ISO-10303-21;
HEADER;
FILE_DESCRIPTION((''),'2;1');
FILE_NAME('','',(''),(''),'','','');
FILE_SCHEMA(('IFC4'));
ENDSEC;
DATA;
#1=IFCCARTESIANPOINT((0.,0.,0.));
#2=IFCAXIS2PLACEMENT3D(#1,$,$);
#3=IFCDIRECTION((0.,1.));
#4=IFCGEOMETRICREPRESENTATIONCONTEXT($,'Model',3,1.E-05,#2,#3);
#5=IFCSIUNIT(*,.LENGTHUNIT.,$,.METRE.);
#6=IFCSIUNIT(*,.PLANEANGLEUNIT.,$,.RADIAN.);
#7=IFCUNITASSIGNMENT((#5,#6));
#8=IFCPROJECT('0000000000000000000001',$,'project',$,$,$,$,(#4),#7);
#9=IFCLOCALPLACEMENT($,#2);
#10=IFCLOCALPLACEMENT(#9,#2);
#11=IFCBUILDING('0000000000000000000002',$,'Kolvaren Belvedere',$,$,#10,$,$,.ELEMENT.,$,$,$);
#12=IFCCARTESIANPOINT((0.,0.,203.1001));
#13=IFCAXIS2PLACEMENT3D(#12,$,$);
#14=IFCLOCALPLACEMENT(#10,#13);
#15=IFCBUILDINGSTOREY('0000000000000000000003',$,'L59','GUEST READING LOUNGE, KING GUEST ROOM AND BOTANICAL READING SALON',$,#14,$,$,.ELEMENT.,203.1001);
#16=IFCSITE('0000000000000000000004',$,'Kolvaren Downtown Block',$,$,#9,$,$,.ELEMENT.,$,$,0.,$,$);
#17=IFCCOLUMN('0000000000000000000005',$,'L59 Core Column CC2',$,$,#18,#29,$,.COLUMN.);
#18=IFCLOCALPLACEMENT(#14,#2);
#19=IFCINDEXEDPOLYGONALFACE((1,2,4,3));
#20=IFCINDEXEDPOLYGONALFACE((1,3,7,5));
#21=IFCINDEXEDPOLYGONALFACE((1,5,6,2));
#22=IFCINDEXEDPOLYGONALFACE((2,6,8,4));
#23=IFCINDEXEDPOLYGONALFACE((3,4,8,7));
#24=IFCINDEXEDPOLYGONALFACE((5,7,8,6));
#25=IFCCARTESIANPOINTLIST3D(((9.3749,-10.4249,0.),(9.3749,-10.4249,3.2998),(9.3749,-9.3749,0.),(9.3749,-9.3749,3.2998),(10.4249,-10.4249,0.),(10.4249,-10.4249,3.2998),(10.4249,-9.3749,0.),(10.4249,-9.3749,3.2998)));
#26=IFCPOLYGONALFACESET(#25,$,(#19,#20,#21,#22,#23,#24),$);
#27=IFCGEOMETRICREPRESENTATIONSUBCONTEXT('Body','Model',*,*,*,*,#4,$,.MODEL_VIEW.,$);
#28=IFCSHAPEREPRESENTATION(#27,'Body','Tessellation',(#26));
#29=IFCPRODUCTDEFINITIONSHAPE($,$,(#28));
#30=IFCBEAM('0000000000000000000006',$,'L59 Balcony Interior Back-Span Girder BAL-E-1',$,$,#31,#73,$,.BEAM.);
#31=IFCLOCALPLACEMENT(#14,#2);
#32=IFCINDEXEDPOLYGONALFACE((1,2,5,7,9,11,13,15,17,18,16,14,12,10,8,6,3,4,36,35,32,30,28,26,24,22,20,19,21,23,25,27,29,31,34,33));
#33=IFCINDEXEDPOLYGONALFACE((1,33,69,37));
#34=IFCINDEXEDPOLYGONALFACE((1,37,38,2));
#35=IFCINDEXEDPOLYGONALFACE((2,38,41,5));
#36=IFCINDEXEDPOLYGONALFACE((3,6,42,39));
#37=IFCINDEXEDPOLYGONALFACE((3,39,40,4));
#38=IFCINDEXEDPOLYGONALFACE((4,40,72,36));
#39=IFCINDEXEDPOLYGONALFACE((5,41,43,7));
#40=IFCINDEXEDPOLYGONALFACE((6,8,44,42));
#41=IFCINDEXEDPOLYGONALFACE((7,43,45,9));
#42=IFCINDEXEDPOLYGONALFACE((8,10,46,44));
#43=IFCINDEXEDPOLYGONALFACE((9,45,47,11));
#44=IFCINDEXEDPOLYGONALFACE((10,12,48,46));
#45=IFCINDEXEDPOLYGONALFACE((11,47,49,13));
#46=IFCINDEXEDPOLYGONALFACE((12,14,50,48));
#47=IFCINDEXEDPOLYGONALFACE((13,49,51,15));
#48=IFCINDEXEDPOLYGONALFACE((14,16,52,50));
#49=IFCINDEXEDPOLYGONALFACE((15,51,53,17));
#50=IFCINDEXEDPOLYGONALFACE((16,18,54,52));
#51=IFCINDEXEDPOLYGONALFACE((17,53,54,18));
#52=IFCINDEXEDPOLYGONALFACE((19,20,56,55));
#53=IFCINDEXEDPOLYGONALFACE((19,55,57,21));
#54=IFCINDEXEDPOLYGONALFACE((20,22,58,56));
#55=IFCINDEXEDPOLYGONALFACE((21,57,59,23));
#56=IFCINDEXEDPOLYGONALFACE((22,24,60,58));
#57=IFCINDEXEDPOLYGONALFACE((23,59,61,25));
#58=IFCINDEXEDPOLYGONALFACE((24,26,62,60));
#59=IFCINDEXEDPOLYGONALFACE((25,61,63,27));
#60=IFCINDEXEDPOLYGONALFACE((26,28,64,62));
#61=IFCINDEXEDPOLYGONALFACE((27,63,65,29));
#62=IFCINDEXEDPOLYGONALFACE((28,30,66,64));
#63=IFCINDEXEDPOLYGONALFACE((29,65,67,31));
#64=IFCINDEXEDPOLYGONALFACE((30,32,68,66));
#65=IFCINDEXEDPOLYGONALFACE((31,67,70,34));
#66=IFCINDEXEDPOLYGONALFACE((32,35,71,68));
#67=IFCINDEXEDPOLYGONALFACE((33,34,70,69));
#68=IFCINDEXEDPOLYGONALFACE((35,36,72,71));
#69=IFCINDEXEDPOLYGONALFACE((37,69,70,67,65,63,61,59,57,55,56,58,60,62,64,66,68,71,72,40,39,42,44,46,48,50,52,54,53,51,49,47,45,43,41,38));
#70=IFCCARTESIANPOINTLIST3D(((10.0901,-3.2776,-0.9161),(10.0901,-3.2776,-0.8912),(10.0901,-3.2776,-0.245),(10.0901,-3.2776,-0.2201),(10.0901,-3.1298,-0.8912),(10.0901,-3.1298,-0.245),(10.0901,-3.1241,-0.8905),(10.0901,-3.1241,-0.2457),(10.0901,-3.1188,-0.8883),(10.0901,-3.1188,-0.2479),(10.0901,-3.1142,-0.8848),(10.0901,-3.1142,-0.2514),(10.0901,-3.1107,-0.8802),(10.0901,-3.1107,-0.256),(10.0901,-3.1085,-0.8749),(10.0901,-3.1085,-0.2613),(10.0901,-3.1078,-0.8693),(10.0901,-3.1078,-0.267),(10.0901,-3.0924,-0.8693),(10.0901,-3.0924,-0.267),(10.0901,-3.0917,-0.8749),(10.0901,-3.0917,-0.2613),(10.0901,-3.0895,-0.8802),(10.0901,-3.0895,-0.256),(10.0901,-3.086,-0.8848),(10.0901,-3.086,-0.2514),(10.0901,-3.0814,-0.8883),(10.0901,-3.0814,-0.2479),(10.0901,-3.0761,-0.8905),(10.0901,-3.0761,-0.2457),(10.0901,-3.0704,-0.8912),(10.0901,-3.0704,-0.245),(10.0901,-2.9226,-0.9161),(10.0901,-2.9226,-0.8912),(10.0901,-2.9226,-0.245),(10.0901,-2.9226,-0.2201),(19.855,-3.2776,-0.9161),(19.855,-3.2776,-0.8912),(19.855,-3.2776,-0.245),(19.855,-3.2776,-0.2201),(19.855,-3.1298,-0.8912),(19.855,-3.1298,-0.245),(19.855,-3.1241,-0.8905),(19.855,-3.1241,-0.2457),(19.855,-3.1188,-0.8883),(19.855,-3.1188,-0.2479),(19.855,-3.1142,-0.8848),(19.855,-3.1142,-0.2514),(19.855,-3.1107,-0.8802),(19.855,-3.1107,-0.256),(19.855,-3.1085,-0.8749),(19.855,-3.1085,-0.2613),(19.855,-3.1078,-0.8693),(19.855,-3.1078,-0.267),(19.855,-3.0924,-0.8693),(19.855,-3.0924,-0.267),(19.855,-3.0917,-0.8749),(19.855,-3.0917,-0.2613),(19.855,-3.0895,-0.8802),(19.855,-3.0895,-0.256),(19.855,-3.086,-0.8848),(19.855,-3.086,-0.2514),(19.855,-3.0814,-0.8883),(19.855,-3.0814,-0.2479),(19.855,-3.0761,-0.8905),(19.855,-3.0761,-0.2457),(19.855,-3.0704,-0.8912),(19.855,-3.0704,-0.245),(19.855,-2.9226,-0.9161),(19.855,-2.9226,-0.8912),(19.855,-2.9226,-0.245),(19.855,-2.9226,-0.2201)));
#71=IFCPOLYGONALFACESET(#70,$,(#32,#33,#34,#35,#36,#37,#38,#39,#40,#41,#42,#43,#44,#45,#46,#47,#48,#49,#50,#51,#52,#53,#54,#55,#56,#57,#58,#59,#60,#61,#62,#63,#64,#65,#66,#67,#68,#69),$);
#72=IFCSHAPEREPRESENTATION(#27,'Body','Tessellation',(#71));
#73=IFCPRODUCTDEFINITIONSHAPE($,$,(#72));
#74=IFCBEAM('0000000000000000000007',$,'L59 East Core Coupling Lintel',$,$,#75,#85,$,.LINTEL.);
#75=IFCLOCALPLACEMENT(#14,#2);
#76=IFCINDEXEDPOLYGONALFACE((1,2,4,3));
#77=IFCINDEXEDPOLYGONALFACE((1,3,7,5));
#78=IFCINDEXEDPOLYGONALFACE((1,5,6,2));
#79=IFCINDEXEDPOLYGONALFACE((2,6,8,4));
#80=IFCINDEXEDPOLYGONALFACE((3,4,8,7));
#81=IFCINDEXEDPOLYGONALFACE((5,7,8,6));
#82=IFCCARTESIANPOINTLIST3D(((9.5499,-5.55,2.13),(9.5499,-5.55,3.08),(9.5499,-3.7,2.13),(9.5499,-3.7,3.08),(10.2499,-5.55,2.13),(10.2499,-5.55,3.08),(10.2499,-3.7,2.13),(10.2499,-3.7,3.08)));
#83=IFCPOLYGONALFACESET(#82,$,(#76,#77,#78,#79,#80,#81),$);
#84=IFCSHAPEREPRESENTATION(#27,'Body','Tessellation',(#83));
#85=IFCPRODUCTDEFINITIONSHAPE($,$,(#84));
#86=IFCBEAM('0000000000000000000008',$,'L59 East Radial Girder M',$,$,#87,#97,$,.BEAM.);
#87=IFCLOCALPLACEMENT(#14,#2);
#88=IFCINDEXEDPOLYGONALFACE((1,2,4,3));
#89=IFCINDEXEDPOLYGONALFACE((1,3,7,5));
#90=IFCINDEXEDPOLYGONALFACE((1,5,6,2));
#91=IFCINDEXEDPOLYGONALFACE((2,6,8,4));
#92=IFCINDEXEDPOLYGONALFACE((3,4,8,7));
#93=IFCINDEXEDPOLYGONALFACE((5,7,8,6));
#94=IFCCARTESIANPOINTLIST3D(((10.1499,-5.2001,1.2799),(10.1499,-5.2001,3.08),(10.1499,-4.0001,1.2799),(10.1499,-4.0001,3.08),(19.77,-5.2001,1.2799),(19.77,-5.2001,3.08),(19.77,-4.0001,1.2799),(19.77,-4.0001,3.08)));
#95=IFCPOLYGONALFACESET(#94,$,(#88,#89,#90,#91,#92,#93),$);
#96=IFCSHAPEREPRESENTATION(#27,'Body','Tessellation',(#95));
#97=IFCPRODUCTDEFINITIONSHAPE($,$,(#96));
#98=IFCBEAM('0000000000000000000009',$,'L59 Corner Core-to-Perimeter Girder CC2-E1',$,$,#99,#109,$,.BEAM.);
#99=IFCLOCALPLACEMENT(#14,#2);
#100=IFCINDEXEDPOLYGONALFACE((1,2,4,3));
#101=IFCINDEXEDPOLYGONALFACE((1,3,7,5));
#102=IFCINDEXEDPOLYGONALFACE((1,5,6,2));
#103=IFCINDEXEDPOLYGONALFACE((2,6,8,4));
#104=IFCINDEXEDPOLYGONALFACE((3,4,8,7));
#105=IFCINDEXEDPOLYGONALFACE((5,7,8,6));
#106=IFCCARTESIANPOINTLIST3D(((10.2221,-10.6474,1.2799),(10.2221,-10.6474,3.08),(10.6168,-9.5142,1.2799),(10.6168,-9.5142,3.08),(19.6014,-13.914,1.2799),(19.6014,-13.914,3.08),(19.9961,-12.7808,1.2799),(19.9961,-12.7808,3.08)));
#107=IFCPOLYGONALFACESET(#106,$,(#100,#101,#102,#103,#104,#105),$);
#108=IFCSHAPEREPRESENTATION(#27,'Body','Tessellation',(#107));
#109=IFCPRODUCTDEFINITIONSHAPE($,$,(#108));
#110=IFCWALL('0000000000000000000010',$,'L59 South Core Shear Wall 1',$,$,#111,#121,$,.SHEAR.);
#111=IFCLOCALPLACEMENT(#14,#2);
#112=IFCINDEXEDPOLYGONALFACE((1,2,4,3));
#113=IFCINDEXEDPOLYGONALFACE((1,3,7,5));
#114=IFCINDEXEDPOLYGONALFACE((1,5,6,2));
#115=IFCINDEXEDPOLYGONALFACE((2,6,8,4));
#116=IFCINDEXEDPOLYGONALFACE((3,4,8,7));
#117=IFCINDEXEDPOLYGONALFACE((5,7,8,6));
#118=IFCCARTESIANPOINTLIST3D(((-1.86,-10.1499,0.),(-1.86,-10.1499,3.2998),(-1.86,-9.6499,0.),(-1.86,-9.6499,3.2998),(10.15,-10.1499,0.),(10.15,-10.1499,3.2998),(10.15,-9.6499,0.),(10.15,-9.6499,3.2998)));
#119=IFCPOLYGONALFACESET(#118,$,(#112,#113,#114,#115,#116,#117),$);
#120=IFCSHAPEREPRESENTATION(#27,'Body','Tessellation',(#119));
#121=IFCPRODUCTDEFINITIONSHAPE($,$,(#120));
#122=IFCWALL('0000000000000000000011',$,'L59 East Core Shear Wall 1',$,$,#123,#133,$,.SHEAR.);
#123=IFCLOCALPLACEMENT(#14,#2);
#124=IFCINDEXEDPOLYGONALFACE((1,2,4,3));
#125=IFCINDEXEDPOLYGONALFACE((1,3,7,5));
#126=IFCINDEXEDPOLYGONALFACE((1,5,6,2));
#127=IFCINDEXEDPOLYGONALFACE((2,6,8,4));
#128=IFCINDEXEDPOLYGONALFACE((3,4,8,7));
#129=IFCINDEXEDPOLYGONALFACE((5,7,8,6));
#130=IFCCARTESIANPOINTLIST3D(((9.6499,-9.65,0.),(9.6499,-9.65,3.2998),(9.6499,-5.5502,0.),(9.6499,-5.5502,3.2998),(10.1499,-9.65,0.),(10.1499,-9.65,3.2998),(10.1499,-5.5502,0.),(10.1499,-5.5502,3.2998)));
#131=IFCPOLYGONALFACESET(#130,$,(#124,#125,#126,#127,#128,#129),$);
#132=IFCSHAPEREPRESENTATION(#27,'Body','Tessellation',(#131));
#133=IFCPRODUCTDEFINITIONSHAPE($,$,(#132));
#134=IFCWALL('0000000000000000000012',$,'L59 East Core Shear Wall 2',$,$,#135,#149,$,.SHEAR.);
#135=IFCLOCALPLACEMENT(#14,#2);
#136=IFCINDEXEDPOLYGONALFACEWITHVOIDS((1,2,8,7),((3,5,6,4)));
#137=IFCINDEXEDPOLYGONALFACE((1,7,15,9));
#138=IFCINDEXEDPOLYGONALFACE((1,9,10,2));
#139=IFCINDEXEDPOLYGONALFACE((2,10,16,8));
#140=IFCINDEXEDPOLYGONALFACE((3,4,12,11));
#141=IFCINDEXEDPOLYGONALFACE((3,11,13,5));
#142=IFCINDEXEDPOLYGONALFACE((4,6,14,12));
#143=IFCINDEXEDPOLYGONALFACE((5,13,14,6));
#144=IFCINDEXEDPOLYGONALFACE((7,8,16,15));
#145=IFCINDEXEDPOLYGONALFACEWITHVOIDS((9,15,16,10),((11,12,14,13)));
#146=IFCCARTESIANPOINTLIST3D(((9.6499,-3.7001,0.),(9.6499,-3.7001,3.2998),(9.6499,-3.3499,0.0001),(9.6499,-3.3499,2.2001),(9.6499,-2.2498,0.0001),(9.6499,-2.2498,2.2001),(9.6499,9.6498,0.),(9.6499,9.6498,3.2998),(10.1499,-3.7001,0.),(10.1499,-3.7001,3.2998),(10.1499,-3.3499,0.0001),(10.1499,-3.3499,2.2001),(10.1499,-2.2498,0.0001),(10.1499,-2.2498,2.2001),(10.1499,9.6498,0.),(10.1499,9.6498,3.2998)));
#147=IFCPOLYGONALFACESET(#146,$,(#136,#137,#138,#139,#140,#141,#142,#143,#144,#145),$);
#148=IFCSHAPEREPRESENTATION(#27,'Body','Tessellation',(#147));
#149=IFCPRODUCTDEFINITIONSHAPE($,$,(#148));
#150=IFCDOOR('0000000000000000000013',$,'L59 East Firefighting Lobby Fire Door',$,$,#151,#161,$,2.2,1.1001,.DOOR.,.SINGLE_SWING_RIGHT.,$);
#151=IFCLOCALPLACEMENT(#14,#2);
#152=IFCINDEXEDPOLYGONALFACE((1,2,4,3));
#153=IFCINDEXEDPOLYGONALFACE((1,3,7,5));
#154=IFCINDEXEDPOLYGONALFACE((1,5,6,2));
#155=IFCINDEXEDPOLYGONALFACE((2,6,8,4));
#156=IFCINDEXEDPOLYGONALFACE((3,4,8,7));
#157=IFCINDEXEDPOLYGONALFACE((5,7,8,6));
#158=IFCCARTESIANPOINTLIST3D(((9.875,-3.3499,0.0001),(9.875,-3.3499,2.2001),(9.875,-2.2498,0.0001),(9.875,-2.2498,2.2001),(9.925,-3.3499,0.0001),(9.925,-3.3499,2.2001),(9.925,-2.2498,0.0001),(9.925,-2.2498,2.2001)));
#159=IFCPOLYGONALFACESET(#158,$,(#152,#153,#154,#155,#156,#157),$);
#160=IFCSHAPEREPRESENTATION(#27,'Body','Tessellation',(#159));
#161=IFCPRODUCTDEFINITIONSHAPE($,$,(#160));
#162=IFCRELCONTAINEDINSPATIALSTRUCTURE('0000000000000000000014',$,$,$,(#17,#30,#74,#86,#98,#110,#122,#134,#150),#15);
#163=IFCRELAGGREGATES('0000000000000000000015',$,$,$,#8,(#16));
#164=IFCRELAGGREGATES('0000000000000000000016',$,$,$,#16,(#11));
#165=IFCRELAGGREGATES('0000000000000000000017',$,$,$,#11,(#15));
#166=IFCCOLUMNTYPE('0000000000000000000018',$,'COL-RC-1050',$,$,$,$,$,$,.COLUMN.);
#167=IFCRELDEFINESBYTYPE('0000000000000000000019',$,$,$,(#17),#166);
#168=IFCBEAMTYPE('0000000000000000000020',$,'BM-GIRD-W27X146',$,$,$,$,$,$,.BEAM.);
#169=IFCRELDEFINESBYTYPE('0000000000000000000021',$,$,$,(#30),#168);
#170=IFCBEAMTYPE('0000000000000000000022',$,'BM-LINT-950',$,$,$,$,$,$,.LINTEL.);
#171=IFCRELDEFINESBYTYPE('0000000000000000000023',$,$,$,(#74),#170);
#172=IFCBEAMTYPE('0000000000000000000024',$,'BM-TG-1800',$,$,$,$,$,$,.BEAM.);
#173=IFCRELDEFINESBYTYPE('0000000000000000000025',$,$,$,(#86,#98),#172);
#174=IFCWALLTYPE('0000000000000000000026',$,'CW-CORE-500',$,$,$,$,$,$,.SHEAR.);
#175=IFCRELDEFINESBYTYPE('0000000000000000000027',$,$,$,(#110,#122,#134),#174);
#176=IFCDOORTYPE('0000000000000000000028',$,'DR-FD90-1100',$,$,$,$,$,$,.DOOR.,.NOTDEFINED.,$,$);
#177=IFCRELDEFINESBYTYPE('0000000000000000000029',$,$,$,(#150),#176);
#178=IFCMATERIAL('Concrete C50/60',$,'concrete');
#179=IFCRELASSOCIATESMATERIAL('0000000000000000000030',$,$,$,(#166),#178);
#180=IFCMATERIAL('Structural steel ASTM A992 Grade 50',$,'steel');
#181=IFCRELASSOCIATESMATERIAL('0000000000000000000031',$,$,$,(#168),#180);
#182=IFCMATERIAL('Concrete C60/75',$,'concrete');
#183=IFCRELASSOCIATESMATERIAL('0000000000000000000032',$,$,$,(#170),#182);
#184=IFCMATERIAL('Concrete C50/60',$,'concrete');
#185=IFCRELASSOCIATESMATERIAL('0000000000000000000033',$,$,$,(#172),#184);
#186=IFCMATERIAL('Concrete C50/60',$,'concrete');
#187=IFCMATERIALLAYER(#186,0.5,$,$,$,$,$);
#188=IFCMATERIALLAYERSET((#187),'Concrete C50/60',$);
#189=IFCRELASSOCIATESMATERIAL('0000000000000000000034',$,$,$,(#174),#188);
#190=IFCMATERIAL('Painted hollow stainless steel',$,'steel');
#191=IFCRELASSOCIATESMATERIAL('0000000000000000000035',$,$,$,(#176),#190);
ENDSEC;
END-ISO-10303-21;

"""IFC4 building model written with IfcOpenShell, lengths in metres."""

from ifc_helpers import new_model, si_unit, direction, frame, frame_2d, origin, origin_2d, place, context, subcontext, project, spatial, rectangle, i_section, extrude, material, layer, layer_set, material_profile, profile_set, type_object, element, fill, save


model = new_model("IFC4")

# Units and contexts
model_context = context("Model", 3, precision=1e-05, world=origin(), true_north=direction((0.0, 1.0)))
body_context = subcontext(model_context, "Body", "Model", "MODEL_VIEW")
ifc_project = project(units=[si_unit("LENGTHUNIT", "METRE"), si_unit("PLANEANGLEUNIT", "RADIAN")], contexts=[model_context])

# Site, building, storey
site_placement = place(None, origin())
site = spatial("IfcSite", under=ifc_project, at=site_placement, Name="Kolvaren Downtown Block", CompositionType="ELEMENT", RefElevation=0.0)
building_placement = place(site_placement, origin())
building = spatial("IfcBuilding", under=site, at=building_placement, Name="Kolvaren Belvedere", CompositionType="ELEMENT")
storey_placement = place(building_placement, frame((0.0, 0.0, 203.1001)))
storey = spatial("IfcBuildingStorey", under=building, at=storey_placement, Name="L59", Description="GUEST READING LOUNGE, KING GUEST ROOM AND BOTANICAL READING SALON", CompositionType="ELEMENT", Elevation=203.1001)

# Column
ifc_material_1 = material(Name="Concrete C50/60", Category="concrete")
ifc_material_profile_1 = material_profile(ifc_material_1, rectangle(XDim=1.05, YDim=1.05, at=origin_2d()), Name="RC 1050X1050")
ifc_profile_set_1 = profile_set([ifc_material_profile_1], Name="Concrete C50/60")
column_type = type_object("IfcColumnType", Name="COL-RC-1050", PredefinedType="COLUMN", material=ifc_profile_set_1)
column_placement = place(storey_placement, frame((9.8999, -9.8999, 0.0), z_axis=(0.0, 0.0, 1.0), x_axis=(1.0, 0.0, 0.0)))
element("IfcColumn", 1, at=column_placement, inside=storey, type_object=column_type, Name="L59 Core Column CC2", PredefinedType="COLUMN", context=body_context, shape_type="SweptSolid", body=[
    extrude(rectangle(XDim=1.05, YDim=1.05, at=origin_2d()), origin(), (0.0, 0.0, 1.0), 3.2998),
])

# Beams
ifc_material_2 = material(Name="Structural steel ASTM A992 Grade 50", Category="steel")
ifc_material_profile_2 = material_profile(ifc_material_2, i_section(OverallWidth=0.355, OverallDepth=0.696, WebThickness=0.0154, FlangeThickness=0.0249, FilletRadius=0.022, at=origin_2d()), Name="W27X146")
ifc_profile_set_2 = profile_set([ifc_material_profile_2], Name="Structural steel ASTM A992 Grade 50")
beam_type_1 = type_object("IfcBeamType", Name="BM-GIRD-W27X146", PredefinedType="BEAM", material=ifc_profile_set_2)
beam_1_placement = place(storey_placement, frame((10.0901, -3.1001, -0.5681), z_axis=(1.0, 0.0, 0.0), x_axis=(0.0, 1.0, 0.0)))
element("IfcBeam", 2, at=beam_1_placement, inside=storey, type_object=beam_type_1, Name="L59 Balcony Interior Back-Span Girder BAL-E-1", PredefinedType="BEAM", context=body_context, shape_type="SweptSolid", body=[
    extrude(i_section(OverallWidth=0.355, OverallDepth=0.696, WebThickness=0.0154, FlangeThickness=0.0249, FilletRadius=0.022, at=origin_2d()), origin(), (0.0, 0.0, 1.0), 9.7649),
])
ifc_material_3 = material(Name="Concrete C60/75", Category="concrete")
ifc_material_profile_3 = material_profile(ifc_material_3, rectangle(XDim=0.7, YDim=0.95, at=origin_2d()), Name="RC 700X950")
ifc_profile_set_3 = profile_set([ifc_material_profile_3], Name="Concrete C60/75")
beam_type_2 = type_object("IfcBeamType", Name="BM-LINT-950", PredefinedType="LINTEL", material=ifc_profile_set_3)
beam_2_placement = place(storey_placement, frame((9.8999, -5.55, 2.605), z_axis=(0.0, 1.0, 0.0), x_axis=(-1.0, 0.0, 0.0)))
element("IfcBeam", 3, at=beam_2_placement, inside=storey, type_object=beam_type_2, Name="L59 East Core Coupling Lintel", PredefinedType="LINTEL", context=body_context, shape_type="SweptSolid", body=[
    extrude(rectangle(XDim=0.7, YDim=0.95, at=origin_2d()), origin(), (0.0, 0.0, 1.0), 1.8501),
])
ifc_material_4 = material(Name="Concrete C50/60", Category="concrete")
ifc_material_profile_4 = material_profile(ifc_material_4, rectangle(XDim=1.2, YDim=1.8, at=origin_2d()), Name="RC 1200X1800")
ifc_profile_set_4 = profile_set([ifc_material_profile_4], Name="Concrete C50/60")
beam_type_3 = type_object("IfcBeamType", Name="BM-TG-1800", PredefinedType="BEAM", material=ifc_profile_set_4)
beam_3_placement = place(storey_placement, frame((10.1499, -4.6001, 2.1799), z_axis=(1.0, 0.0, 0.0), x_axis=(0.0, 1.0, 0.0)))
element("IfcBeam", 4, at=beam_3_placement, inside=storey, type_object=beam_type_3, Name="L59 East Radial Girder M", PredefinedType="BEAM", context=body_context, shape_type="SweptSolid", body=[
    extrude(rectangle(XDim=1.2, YDim=1.8, at=origin_2d()), origin(), (0.0, 0.0, 1.0), 9.6201),
])
beam_4_placement = place(storey_placement, frame((10.4194, -10.0808, 2.1799), z_axis=(0.944365, -0.328898, 0.0), x_axis=(0.328898, 0.944365, 0.0)))
element("IfcBeam", 5, at=beam_4_placement, inside=storey, type_object=beam_type_3, Name="L59 Corner Core-to-Perimeter Girder CC2-E1", PredefinedType="BEAM", context=body_context, shape_type="SweptSolid", body=[
    extrude(rectangle(XDim=1.2, YDim=1.8, at=origin_2d()), origin(), (0.0, 0.0, 1.0), 9.9319),
])

# Walls
ifc_material_5 = material(Name="Concrete C50/60", Category="concrete")
ifc_layer_1 = layer(ifc_material_5, 0.5)
ifc_layer_set_1 = layer_set([ifc_layer_1], Name="Concrete C50/60")
wall_type_1 = type_object("IfcWallType", Name="CW-CORE-500", PredefinedType="SHEAR", material=ifc_layer_set_1)
wall_1_placement = place(storey_placement, frame((10.1499, -9.8999, 0.0), z_axis=(0.0, 0.0, 1.0), x_axis=(-1.0, 0.0, 0.0)))
element("IfcWall", 6, at=wall_1_placement, inside=storey, type_object=wall_type_1, Name="L59 South Core Shear Wall 1", PredefinedType="SHEAR", context=body_context, shape_type="SweptSolid", body=[
    extrude(rectangle(XDim=12.01, YDim=0.5, at=frame_2d((6.0049, 0.0))), origin(), (0.0, 0.0, 1.0), 3.2998),
])
wall_2_placement = place(storey_placement, frame((9.8999, -9.6499, 0.0), z_axis=(0.0, 0.0, 1.0), x_axis=(0.0, 1.0, 0.0)))
element("IfcWall", 7, at=wall_2_placement, inside=storey, type_object=wall_type_1, Name="L59 East Core Shear Wall 1", PredefinedType="SHEAR", context=body_context, shape_type="SweptSolid", body=[
    extrude(rectangle(XDim=4.0999, YDim=0.5, at=frame_2d((2.0498, 0.0))), origin(), (0.0, 0.0, 1.0), 3.2998),
])

# Wall, opening, door
wall_3_placement = place(storey_placement, frame((9.8999, -3.7, 0.0), z_axis=(0.0, 0.0, 1.0), x_axis=(0.0, 1.0, 0.0)))
wall_3 = element("IfcWall", 8, at=wall_3_placement, inside=storey, type_object=wall_type_1, Name="L59 East Core Shear Wall 2", PredefinedType="SHEAR", context=body_context, shape_type="SweptSolid", body=[
    extrude(rectangle(XDim=13.3499, YDim=0.5, at=frame_2d((6.6748, 0.0))), origin(), (0.0, 0.0, 1.0), 3.2998),
])
opening_1_placement = place(wall_3_placement, frame((0.3501, 0.0, 0.0)))
opening_1 = element("IfcOpeningElement", 9, at=opening_1_placement, cuts=wall_3, PredefinedType="OPENING", context=body_context, shape_type="SweptSolid", body=[
    extrude(rectangle(XDim=1.1001, YDim=2.2, at=frame_2d((0.55, 1.1001))), frame((0.0, 0.26, 0.0), z_axis=(0.0, -1.0, 0.0), x_axis=(1.0, 0.0, 0.0)), (0.0, 0.0, 1.0), 0.52),
])
ifc_material_6 = material(Name="Painted hollow stainless steel", Category="steel")
door_type_1 = type_object("IfcDoorType", Name="DR-FD90-1100", OperationType="NOTDEFINED", PredefinedType="DOOR", material=ifc_material_6)
door_1_placement = place(opening_1_placement, origin())
door_1 = element("IfcDoor", 10, at=door_1_placement, inside=storey, type_object=door_type_1, Name="L59 East Firefighting Lobby Fire Door", OperationType="SINGLE_SWING_RIGHT", OverallHeight=2.2, OverallWidth=1.1001, PredefinedType="DOOR", context=body_context, shape_type="SweptSolid", body=[
    extrude(rectangle(XDim=1.1001, YDim=2.2, at=frame_2d((0.55, 1.1001))), frame((0.0, 0.0249, 0.0), z_axis=(0.0, -1.0, 0.0), x_axis=(1.0, 0.0, 0.0)), (0.0, 0.0, 1.0), 0.05),
])
fill(opening_1, door_1)

save(model, "model.ifc")
